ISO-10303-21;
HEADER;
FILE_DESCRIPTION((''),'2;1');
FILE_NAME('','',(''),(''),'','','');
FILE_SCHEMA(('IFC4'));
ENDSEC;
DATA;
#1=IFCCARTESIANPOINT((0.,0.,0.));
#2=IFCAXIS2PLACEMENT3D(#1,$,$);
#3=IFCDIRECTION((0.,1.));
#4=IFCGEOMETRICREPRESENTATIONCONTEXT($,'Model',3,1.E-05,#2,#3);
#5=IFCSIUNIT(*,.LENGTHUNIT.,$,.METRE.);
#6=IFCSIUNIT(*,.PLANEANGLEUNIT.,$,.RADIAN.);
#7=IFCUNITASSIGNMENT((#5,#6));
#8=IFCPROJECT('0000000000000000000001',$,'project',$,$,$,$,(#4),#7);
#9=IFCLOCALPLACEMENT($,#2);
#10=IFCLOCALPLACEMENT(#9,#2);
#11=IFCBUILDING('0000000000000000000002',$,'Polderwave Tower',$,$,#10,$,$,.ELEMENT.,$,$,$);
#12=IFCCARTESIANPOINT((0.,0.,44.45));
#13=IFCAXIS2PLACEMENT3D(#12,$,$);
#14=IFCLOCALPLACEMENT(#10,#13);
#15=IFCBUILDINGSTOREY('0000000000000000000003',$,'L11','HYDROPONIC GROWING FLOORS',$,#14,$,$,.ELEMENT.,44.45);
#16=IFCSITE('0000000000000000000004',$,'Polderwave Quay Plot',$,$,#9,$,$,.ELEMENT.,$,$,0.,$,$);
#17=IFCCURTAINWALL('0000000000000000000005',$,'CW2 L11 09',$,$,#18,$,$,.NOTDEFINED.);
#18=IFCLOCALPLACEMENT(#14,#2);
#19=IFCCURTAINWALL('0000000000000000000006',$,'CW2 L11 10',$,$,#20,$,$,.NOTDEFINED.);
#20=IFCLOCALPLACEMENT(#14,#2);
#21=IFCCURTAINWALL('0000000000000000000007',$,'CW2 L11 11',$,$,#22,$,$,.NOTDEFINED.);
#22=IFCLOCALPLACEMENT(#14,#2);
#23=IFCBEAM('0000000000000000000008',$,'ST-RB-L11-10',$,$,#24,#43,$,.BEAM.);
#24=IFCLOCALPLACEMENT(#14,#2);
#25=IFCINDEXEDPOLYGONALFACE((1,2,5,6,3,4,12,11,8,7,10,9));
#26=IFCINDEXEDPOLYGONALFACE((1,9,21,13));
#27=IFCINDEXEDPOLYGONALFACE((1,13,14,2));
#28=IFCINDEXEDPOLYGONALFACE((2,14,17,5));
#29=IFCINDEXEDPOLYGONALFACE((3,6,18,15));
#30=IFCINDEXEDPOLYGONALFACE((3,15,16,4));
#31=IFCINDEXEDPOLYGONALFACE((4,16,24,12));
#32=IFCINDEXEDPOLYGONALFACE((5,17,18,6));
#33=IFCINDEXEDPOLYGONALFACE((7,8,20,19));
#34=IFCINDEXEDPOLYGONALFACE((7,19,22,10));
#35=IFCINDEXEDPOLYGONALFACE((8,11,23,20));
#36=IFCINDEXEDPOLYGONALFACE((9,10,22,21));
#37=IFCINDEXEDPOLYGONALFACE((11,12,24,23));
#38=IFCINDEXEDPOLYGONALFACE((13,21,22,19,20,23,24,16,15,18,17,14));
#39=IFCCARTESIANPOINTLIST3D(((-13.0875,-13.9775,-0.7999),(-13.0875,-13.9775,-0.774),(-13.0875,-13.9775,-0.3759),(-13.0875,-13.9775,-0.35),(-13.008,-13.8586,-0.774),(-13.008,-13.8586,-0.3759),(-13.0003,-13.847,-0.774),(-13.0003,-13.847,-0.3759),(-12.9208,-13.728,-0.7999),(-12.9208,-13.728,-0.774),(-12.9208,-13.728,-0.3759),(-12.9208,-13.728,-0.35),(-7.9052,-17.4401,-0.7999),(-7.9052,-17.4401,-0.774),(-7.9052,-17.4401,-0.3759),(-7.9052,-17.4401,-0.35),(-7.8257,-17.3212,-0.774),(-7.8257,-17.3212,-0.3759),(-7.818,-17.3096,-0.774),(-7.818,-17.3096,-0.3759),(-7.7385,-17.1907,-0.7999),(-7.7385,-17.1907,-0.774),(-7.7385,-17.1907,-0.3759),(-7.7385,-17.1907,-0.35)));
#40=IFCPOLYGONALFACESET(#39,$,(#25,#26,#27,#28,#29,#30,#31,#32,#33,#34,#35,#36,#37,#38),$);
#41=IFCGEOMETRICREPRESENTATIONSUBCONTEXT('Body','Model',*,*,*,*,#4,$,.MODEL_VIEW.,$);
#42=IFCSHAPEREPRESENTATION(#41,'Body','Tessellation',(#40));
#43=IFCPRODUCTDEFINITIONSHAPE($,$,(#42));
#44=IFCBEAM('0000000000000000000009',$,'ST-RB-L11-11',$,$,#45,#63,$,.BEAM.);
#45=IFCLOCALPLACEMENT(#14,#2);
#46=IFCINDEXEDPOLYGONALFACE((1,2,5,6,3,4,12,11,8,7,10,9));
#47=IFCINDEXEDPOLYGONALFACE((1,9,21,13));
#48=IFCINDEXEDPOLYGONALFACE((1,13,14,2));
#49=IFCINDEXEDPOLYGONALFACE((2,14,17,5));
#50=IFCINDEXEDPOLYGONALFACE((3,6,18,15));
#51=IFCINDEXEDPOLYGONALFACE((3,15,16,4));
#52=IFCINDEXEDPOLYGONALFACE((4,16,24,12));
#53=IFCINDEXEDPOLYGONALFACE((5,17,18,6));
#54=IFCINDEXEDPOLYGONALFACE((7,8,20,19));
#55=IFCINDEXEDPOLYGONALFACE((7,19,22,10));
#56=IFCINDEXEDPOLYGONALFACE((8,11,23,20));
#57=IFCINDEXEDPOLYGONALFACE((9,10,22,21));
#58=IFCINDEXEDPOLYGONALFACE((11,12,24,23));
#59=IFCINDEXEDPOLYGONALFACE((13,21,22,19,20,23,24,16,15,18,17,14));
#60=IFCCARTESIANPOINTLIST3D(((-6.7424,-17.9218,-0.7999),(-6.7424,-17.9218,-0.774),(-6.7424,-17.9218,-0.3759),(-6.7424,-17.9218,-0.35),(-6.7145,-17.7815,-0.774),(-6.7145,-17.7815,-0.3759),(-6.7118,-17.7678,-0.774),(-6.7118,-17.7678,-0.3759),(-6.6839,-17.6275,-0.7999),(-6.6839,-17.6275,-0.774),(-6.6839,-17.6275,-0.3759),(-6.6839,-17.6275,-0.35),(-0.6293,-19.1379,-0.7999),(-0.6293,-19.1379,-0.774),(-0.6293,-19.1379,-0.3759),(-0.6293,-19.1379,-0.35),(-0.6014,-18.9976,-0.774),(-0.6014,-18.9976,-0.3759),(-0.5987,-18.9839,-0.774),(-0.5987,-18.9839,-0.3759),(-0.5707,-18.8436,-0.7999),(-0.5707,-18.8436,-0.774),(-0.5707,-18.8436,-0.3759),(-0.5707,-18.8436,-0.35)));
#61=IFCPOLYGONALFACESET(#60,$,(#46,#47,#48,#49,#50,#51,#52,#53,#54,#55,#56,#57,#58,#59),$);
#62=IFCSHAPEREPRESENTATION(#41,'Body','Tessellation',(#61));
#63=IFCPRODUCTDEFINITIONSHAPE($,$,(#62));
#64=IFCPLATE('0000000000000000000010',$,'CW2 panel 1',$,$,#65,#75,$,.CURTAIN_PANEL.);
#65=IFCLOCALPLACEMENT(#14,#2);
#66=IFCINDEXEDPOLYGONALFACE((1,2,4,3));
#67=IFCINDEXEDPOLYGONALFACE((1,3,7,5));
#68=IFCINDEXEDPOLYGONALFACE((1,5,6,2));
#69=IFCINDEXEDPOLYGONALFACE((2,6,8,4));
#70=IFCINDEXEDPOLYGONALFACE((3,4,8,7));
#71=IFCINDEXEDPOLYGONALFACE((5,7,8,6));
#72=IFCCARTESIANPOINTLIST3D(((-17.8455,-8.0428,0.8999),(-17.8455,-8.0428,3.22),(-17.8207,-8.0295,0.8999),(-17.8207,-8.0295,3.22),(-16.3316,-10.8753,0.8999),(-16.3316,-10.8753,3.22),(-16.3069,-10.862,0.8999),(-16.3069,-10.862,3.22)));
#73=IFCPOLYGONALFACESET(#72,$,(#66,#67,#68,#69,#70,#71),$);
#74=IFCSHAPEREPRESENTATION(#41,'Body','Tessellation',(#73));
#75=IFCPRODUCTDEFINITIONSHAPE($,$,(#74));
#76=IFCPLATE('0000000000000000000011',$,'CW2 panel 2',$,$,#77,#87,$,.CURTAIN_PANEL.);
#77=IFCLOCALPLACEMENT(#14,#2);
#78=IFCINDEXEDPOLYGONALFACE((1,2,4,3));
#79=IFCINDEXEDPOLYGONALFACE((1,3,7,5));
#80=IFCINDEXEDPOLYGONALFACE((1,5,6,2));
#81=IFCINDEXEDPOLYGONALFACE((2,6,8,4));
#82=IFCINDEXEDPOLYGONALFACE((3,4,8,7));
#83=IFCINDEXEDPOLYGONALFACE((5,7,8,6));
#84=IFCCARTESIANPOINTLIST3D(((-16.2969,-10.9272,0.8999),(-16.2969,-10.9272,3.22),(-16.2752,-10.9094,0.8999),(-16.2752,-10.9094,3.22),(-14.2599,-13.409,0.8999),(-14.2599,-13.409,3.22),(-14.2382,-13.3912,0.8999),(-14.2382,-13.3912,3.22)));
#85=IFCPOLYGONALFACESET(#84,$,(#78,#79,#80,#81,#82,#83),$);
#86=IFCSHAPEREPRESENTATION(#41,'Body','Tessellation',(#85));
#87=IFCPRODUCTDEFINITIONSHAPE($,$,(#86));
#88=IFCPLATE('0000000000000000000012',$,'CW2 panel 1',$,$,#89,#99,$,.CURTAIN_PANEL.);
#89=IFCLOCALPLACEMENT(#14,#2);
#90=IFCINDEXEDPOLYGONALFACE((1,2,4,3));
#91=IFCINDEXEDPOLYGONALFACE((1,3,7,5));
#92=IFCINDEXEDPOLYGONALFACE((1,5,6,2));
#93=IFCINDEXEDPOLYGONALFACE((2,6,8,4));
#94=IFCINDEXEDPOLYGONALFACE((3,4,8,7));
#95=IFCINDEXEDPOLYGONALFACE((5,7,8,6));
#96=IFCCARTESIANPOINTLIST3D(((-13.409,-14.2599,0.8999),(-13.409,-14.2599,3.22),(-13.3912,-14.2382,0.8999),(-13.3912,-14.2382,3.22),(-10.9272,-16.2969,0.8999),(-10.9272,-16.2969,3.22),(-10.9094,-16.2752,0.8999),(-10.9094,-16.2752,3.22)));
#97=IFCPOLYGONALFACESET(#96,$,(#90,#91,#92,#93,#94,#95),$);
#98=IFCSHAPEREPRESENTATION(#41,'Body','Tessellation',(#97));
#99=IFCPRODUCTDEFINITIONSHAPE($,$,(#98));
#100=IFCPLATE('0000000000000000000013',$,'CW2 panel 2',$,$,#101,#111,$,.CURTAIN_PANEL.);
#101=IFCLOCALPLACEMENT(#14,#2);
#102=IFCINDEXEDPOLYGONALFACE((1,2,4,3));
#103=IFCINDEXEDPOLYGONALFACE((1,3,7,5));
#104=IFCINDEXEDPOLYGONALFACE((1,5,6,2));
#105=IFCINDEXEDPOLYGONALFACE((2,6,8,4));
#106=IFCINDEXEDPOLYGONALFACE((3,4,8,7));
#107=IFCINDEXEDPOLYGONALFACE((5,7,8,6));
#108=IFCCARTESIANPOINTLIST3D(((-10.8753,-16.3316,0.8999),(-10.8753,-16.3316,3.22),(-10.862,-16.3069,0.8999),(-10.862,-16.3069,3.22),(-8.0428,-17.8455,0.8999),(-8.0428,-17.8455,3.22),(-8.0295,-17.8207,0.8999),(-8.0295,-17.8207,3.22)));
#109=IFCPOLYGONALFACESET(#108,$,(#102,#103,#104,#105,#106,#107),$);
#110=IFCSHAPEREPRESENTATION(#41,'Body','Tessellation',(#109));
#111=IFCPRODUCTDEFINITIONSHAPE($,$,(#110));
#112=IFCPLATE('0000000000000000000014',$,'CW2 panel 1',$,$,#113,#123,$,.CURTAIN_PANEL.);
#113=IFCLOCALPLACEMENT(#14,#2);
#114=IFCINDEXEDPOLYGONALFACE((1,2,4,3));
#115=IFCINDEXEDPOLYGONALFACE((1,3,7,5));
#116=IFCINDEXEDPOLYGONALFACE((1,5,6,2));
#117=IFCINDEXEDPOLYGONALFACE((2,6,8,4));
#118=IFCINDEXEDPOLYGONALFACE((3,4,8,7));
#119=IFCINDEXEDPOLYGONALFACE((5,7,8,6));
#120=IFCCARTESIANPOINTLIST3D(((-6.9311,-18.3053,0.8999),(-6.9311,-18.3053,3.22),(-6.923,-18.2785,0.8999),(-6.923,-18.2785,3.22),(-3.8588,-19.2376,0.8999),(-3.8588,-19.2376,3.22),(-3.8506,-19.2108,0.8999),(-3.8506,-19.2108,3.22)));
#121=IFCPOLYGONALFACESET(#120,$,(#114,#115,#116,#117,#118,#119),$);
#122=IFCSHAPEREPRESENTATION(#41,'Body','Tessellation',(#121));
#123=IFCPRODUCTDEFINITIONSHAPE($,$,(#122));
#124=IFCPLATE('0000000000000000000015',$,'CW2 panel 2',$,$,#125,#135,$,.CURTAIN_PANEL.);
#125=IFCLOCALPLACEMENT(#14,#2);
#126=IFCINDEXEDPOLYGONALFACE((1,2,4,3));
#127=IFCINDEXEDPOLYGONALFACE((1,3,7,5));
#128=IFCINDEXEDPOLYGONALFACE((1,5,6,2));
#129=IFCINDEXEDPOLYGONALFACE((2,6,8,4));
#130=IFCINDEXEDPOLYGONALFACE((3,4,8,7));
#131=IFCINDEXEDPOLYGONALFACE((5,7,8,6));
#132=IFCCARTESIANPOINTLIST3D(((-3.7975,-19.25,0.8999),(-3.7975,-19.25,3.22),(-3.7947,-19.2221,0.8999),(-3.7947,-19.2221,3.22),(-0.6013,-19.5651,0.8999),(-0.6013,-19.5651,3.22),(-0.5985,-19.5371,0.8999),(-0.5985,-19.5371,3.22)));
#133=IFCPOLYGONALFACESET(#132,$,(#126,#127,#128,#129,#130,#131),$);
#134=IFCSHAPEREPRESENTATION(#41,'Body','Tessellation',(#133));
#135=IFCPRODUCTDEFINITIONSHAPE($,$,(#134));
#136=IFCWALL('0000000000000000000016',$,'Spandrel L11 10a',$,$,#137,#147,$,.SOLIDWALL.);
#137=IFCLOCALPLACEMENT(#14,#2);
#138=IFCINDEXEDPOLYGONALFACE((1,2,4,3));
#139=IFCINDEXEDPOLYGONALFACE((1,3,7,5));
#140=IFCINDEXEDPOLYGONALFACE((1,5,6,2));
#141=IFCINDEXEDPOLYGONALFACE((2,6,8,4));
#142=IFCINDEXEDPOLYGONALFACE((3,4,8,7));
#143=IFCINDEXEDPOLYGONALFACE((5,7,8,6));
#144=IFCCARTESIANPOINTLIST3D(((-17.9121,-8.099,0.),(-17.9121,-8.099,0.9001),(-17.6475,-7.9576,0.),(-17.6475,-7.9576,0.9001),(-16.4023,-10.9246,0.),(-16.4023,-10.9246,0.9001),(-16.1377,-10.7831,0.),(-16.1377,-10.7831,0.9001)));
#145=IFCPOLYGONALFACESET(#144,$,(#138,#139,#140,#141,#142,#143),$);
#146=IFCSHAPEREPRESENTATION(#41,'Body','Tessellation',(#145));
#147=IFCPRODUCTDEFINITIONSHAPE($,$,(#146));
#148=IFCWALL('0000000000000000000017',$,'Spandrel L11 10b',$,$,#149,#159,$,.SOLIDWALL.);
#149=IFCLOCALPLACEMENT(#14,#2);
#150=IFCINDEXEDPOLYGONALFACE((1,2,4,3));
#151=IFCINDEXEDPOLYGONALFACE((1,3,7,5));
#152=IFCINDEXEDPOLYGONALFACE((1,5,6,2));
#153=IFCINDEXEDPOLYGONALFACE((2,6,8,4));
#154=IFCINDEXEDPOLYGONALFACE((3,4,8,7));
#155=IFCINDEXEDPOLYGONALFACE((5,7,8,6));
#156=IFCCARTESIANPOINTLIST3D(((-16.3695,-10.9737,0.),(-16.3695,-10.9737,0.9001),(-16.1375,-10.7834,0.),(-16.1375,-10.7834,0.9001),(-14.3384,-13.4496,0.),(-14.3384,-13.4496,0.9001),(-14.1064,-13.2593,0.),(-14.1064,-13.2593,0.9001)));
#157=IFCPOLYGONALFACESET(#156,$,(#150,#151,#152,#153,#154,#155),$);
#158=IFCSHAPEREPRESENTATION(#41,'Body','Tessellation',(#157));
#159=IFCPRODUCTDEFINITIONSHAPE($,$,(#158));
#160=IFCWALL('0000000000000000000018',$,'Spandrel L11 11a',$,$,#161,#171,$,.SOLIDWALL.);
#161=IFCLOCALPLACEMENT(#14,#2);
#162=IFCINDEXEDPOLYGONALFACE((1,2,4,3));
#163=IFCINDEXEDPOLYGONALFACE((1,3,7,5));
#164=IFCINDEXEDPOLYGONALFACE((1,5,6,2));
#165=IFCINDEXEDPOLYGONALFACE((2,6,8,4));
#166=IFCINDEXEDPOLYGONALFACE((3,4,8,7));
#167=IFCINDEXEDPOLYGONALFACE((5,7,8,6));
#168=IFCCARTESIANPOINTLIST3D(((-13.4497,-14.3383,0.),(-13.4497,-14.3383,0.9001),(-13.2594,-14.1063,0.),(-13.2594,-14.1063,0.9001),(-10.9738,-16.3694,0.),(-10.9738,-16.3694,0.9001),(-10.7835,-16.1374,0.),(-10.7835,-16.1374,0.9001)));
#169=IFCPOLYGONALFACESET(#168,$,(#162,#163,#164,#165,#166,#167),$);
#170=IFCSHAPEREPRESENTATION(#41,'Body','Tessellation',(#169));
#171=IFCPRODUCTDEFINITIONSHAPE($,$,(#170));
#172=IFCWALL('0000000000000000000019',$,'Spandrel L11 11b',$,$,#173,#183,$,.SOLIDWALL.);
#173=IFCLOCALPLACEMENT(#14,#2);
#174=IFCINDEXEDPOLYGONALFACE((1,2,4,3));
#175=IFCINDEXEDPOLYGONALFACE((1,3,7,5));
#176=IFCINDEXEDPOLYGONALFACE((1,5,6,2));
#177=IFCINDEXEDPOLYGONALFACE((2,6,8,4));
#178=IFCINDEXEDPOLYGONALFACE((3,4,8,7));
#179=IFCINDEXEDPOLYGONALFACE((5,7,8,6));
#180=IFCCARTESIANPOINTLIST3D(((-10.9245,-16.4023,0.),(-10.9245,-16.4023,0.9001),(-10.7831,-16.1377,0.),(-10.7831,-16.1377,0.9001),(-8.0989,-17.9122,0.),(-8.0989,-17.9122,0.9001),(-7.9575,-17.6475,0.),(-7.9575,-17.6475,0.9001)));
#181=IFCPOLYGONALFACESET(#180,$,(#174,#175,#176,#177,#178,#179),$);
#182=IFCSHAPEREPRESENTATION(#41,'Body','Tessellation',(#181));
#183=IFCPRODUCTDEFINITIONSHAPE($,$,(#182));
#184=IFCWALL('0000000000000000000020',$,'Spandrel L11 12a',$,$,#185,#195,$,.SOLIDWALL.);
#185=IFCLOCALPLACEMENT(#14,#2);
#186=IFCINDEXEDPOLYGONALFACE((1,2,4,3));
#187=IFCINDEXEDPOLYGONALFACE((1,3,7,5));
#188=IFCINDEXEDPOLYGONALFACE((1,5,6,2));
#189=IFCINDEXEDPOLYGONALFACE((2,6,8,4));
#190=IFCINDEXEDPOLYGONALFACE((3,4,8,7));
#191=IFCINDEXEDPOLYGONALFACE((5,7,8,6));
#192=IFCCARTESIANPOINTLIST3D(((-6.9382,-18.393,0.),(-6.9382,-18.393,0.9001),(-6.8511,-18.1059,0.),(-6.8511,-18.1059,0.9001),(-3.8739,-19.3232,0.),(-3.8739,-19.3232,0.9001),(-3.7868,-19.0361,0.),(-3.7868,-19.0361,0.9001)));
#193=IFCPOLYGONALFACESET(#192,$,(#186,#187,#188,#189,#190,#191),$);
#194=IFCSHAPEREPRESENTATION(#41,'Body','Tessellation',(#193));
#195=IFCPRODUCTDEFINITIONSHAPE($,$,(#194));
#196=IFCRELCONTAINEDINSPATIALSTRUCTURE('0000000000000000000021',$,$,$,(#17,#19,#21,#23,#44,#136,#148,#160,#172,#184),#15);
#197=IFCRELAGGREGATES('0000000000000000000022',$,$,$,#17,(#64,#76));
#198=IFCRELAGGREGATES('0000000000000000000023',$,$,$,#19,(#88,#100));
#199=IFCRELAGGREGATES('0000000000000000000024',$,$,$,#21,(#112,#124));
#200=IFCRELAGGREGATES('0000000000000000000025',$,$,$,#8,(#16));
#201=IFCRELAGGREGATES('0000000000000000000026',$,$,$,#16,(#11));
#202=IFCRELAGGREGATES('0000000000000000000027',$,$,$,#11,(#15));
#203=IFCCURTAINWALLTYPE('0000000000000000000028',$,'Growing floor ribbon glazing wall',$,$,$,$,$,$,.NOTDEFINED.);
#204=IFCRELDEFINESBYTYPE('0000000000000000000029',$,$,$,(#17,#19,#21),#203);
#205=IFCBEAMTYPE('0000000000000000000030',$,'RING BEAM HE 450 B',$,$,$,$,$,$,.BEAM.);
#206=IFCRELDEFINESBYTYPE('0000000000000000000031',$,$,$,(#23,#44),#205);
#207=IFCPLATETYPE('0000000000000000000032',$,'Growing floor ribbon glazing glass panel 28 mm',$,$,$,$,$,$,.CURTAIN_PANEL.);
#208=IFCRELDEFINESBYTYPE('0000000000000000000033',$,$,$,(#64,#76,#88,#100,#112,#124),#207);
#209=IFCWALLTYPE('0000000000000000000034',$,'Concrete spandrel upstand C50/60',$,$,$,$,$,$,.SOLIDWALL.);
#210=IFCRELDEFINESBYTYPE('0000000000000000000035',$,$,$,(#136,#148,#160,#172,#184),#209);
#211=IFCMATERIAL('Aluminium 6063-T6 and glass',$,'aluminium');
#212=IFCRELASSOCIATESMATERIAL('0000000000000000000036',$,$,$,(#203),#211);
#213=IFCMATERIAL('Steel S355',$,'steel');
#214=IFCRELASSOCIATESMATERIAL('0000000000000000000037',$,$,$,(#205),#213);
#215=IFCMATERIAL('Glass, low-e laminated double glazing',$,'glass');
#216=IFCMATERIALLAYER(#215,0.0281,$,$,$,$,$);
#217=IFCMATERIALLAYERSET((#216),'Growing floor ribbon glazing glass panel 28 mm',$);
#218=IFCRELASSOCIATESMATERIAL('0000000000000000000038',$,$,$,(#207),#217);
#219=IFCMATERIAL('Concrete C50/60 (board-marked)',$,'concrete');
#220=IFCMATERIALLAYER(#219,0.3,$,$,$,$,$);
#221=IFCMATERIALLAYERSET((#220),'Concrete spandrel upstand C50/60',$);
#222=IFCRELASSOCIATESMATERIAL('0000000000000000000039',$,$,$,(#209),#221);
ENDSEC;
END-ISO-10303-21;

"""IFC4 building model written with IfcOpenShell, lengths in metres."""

from ifc_helpers import new_model, si_unit, direction, frame, frame_2d, origin, origin_2d, place, context, subcontext, project, spatial, rectangle, i_section, extrude, material, layer, layer_set, material_profile, profile_set, type_object, element, aggregate, save


model = new_model("IFC4")

# Units and contexts
model_context = context("Model", 3, precision=1e-05, world=origin(), true_north=direction((0.0, 1.0)))
body_context = subcontext(model_context, "Body", "Model", "MODEL_VIEW")
ifc_project = project(units=[si_unit("LENGTHUNIT", "METRE"), si_unit("PLANEANGLEUNIT", "RADIAN")], contexts=[model_context])

# Site, building, storey
site_placement = place(None, origin())
site = spatial("IfcSite", under=ifc_project, at=site_placement, Name="Polderwave Quay Plot", CompositionType="ELEMENT", RefElevation=0.0)
building_placement = place(site_placement, origin())
building = spatial("IfcBuilding", under=site, at=building_placement, Name="Polderwave Tower", CompositionType="ELEMENT")
storey_placement = place(building_placement, frame((0.0, 0.0, 44.45)))
storey = spatial("IfcBuildingStorey", under=building, at=storey_placement, Name="L11", Description="HYDROPONIC GROWING FLOORS", CompositionType="ELEMENT", Elevation=44.45)

# Curtain walls
ifc_material_1 = material(Name="Aluminium 6063-T6 and glass", Category="aluminium")
curtain_wall_type = type_object("IfcCurtainWallType", Name="Growing floor ribbon glazing wall", PredefinedType="NOTDEFINED", material=ifc_material_1)
curtain_wall_1_placement = place(storey_placement, origin())
curtain_wall_1 = element("IfcCurtainWall", 1, at=curtain_wall_1_placement, inside=storey, type_object=curtain_wall_type, Name="CW2 L11 09", PredefinedType="NOTDEFINED")
curtain_wall_2_placement = place(storey_placement, origin())
curtain_wall_2 = element("IfcCurtainWall", 2, at=curtain_wall_2_placement, inside=storey, type_object=curtain_wall_type, Name="CW2 L11 10", PredefinedType="NOTDEFINED")
curtain_wall_3_placement = place(storey_placement, origin())
curtain_wall_3 = element("IfcCurtainWall", 3, at=curtain_wall_3_placement, inside=storey, type_object=curtain_wall_type, Name="CW2 L11 11", PredefinedType="NOTDEFINED")

# Beams
ifc_material_2 = material(Name="Steel S355", Category="steel")
ifc_material_profile_1 = material_profile(ifc_material_2, i_section(OverallWidth=0.3, OverallDepth=0.45, WebThickness=0.0139, FlangeThickness=0.0259, at=origin_2d()), Name="HE 450 B")
ifc_profile_set_1 = profile_set([ifc_material_profile_1], Name="Steel S355")
beam_type = type_object("IfcBeamType", Name="RING BEAM HE 450 B", PredefinedType="BEAM", material=ifc_profile_set_1)
for number, where, z_axis, x_axis, name in (
    (4, (-13.0042, -13.8528, -0.575), (0.831477, -0.555559, 0.0), (0.555559, 0.831477, 0.0), "ST-RB-L11-10"),
):
    element("IfcBeam", number, at=place(storey_placement, frame(where, z_axis=z_axis, x_axis=x_axis)), inside=storey, type_object=beam_type, Name=name, PredefinedType="BEAM", context=body_context, shape_type="SweptSolid", body=[
        extrude(i_section(OverallWidth=0.3, OverallDepth=0.45, WebThickness=0.0139, FlangeThickness=0.0259, at=origin_2d()), origin(), (0.0, 0.0, 1.0), 6.2327),
    ])
beam_placement = place(storey_placement, frame((-6.7131, -17.7747, -0.575), z_axis=(0.980782, -0.195107, 0.0), x_axis=(0.195107, 0.980782, 0.0)))
element("IfcBeam", 5, at=beam_placement, inside=storey, type_object=beam_type, Name="ST-RB-L11-11", PredefinedType="BEAM", context=body_context, shape_type="SweptSolid", body=[
    extrude(i_section(OverallWidth=0.3, OverallDepth=0.45, WebThickness=0.0139, FlangeThickness=0.0259, at=origin_2d()), origin(), (0.0, 0.0, 1.0), 6.2329),
])

# Plates
ifc_material_3 = material(Name="Glass, low-e laminated double glazing", Category="glass")
ifc_layer_1 = layer(ifc_material_3, 0.0281)
ifc_layer_set_1 = layer_set([ifc_layer_1], Name="Growing floor ribbon glazing glass panel 28 mm")
plate_type = type_object("IfcPlateType", Name="Growing floor ribbon glazing glass panel 28 mm", PredefinedType="CURTAIN_PANEL", material=ifc_layer_set_1)
plate_1_placement = place(storey_placement, frame((-17.0762, -9.4524, 0.8999), z_axis=(0.0, 0.0, 1.0), x_axis=(0.471357, -0.881943, 0.0)))
plate_1 = element("IfcPlate", 6, at=plate_1_placement, type_object=plate_type, Name="CW2 panel 1", PredefinedType="CURTAIN_PANEL", context=body_context, shape_type="SweptSolid", body=[
    extrude(rectangle(XDim=3.2117, YDim=0.0281, at=origin_2d()), origin(), (0.0, 0.0, 1.0), 2.3201),
])
plate_2_placement = place(storey_placement, frame((-15.2676, -12.1592, 0.8999), z_axis=(0.0, 0.0, 1.0), x_axis=(0.63443, -0.772981, 0.0)))
plate_2 = element("IfcPlate", 7, at=plate_2_placement, type_object=plate_type, Name="CW2 panel 2", PredefinedType="CURTAIN_PANEL", context=body_context, shape_type="SweptSolid", body=[
    extrude(rectangle(XDim=3.2107, YDim=0.0281, at=origin_2d()), origin(), (0.0, 0.0, 1.0), 2.3201),
])
aggregate(curtain_wall_1, [plate_1, plate_2])
plate_3_placement = place(storey_placement, frame((-12.1592, -15.2676, 0.8999), z_axis=(0.0, 0.0, 1.0), x_axis=(0.772981, -0.63443, 0.0)))
plate_3 = element("IfcPlate", 8, at=plate_3_placement, type_object=plate_type, Name="CW2 panel 1", PredefinedType="CURTAIN_PANEL", context=body_context, shape_type="SweptSolid", body=[
    extrude(rectangle(XDim=3.2107, YDim=0.0281, at=origin_2d()), origin(), (0.0, 0.0, 1.0), 2.3201),
])
plate_4_placement = place(storey_placement, frame((-9.4524, -17.0762, 0.8999), z_axis=(0.0, 0.0, 1.0), x_axis=(0.881943, -0.471357, 0.0)))
plate_4 = element("IfcPlate", 9, at=plate_4_placement, type_object=plate_type, Name="CW2 panel 2", PredefinedType="CURTAIN_PANEL", context=body_context, shape_type="SweptSolid", body=[
    extrude(rectangle(XDim=3.2117, YDim=0.0281, at=origin_2d()), origin(), (0.0, 0.0, 1.0), 2.3201),
])
aggregate(curtain_wall_2, [plate_3, plate_4])
plate_5_placement = place(storey_placement, frame((-5.3909, -18.7581, 0.8999), z_axis=(0.0, 0.0, 1.0), x_axis=(0.956913, -0.290375, 0.0)))
plate_5 = element("IfcPlate", 10, at=plate_5_placement, type_object=plate_type, Name="CW2 panel 1", PredefinedType="CURTAIN_PANEL", context=body_context, shape_type="SweptSolid", body=[
    extrude(rectangle(XDim=3.2107, YDim=0.0281, at=origin_2d()), origin(), (0.0, 0.0, 1.0), 2.3201),
])
plate_6_placement = place(storey_placement, frame((-2.198, -19.3936, 0.8999), z_axis=(0.0, 0.0, 1.0), x_axis=(0.995177, -0.098099, 0.0)))
plate_6 = element("IfcPlate", 11, at=plate_6_placement, type_object=plate_type, Name="CW2 panel 2", PredefinedType="CURTAIN_PANEL", context=body_context, shape_type="SweptSolid", body=[
    extrude(rectangle(XDim=3.2117, YDim=0.0281, at=origin_2d()), origin(), (0.0, 0.0, 1.0), 2.3201),
])
aggregate(curtain_wall_3, [plate_5, plate_6])

# Walls
ifc_material_4 = material(Name="Concrete C50/60 (board-marked)", Category="concrete")
ifc_layer_2 = layer(ifc_material_4, 0.3)
ifc_layer_set_2 = layer_set([ifc_layer_2], Name="Concrete spandrel upstand C50/60")
wall_type_1 = type_object("IfcWallType", Name="Concrete spandrel upstand C50/60", PredefinedType="SOLIDWALL", material=ifc_layer_set_2)
wall_1_placement = place(storey_placement, frame((-17.7798, -8.0283, 0.0), z_axis=(0.0, 0.0, 1.0), x_axis=(0.471284, -0.881981, 0.0)))
element("IfcWall", 12, at=wall_1_placement, inside=storey, type_object=wall_type_1, Name="Spandrel L11 10a", PredefinedType="SOLIDWALL", context=body_context, shape_type="SweptSolid", body=[
    extrude(rectangle(XDim=3.2036, YDim=0.3, at=frame_2d((1.6018, 0.0))), origin(), (0.0, 0.0, 1.0), 0.9001),
])
for number, where, z_axis, x_axis, name in (
    (13, (-16.2534, -10.8787, 0.0), (0.0, 0.0, 1.0), (0.634234, -0.773141, 0.0), "Spandrel L11 10b"),
    (14, (-13.3545, -14.2224, 0.0), (0.0, 0.0, 1.0), (0.773141, -0.634234, 0.0), "Spandrel L11 11a"),
):
    element("IfcWall", number, at=place(storey_placement, frame(where, z_axis=z_axis, x_axis=x_axis)), inside=storey, type_object=wall_type_1, Name=name, PredefinedType="SOLIDWALL", context=body_context, shape_type="SweptSolid", body=[
        extrude(rectangle(XDim=3.2024, YDim=0.3, at=frame_2d((1.6011, 0.0))), origin(), (0.0, 0.0, 1.0), 0.9001),
    ])
wall_2_placement = place(storey_placement, frame((-10.8538, -16.27, 0.0), z_axis=(0.0, 0.0, 1.0), x_axis=(0.881981, -0.471284, 0.0)))
element("IfcWall", 15, at=wall_2_placement, inside=storey, type_object=wall_type_1, Name="Spandrel L11 11b", PredefinedType="SOLIDWALL", context=body_context, shape_type="SweptSolid", body=[
    extrude(rectangle(XDim=3.2036, YDim=0.3, at=frame_2d((1.6018, 0.0))), origin(), (0.0, 0.0, 1.0), 0.9001),
])
wall_3_placement = place(storey_placement, frame((-6.8945, -18.2495, 0.0), z_axis=(0.0, 0.0, 1.0), x_axis=(0.956883, -0.290473, 0.0)))
element("IfcWall", 16, at=wall_3_placement, inside=storey, type_object=wall_type_1, Name="Spandrel L11 12a", PredefinedType="SOLIDWALL", context=body_context, shape_type="SweptSolid", body=[
    extrude(rectangle(XDim=3.2024, YDim=0.3, at=frame_2d((1.6011, 0.0))), origin(), (0.0, 0.0, 1.0), 0.9001),
])

save(model, "model.ifc")
